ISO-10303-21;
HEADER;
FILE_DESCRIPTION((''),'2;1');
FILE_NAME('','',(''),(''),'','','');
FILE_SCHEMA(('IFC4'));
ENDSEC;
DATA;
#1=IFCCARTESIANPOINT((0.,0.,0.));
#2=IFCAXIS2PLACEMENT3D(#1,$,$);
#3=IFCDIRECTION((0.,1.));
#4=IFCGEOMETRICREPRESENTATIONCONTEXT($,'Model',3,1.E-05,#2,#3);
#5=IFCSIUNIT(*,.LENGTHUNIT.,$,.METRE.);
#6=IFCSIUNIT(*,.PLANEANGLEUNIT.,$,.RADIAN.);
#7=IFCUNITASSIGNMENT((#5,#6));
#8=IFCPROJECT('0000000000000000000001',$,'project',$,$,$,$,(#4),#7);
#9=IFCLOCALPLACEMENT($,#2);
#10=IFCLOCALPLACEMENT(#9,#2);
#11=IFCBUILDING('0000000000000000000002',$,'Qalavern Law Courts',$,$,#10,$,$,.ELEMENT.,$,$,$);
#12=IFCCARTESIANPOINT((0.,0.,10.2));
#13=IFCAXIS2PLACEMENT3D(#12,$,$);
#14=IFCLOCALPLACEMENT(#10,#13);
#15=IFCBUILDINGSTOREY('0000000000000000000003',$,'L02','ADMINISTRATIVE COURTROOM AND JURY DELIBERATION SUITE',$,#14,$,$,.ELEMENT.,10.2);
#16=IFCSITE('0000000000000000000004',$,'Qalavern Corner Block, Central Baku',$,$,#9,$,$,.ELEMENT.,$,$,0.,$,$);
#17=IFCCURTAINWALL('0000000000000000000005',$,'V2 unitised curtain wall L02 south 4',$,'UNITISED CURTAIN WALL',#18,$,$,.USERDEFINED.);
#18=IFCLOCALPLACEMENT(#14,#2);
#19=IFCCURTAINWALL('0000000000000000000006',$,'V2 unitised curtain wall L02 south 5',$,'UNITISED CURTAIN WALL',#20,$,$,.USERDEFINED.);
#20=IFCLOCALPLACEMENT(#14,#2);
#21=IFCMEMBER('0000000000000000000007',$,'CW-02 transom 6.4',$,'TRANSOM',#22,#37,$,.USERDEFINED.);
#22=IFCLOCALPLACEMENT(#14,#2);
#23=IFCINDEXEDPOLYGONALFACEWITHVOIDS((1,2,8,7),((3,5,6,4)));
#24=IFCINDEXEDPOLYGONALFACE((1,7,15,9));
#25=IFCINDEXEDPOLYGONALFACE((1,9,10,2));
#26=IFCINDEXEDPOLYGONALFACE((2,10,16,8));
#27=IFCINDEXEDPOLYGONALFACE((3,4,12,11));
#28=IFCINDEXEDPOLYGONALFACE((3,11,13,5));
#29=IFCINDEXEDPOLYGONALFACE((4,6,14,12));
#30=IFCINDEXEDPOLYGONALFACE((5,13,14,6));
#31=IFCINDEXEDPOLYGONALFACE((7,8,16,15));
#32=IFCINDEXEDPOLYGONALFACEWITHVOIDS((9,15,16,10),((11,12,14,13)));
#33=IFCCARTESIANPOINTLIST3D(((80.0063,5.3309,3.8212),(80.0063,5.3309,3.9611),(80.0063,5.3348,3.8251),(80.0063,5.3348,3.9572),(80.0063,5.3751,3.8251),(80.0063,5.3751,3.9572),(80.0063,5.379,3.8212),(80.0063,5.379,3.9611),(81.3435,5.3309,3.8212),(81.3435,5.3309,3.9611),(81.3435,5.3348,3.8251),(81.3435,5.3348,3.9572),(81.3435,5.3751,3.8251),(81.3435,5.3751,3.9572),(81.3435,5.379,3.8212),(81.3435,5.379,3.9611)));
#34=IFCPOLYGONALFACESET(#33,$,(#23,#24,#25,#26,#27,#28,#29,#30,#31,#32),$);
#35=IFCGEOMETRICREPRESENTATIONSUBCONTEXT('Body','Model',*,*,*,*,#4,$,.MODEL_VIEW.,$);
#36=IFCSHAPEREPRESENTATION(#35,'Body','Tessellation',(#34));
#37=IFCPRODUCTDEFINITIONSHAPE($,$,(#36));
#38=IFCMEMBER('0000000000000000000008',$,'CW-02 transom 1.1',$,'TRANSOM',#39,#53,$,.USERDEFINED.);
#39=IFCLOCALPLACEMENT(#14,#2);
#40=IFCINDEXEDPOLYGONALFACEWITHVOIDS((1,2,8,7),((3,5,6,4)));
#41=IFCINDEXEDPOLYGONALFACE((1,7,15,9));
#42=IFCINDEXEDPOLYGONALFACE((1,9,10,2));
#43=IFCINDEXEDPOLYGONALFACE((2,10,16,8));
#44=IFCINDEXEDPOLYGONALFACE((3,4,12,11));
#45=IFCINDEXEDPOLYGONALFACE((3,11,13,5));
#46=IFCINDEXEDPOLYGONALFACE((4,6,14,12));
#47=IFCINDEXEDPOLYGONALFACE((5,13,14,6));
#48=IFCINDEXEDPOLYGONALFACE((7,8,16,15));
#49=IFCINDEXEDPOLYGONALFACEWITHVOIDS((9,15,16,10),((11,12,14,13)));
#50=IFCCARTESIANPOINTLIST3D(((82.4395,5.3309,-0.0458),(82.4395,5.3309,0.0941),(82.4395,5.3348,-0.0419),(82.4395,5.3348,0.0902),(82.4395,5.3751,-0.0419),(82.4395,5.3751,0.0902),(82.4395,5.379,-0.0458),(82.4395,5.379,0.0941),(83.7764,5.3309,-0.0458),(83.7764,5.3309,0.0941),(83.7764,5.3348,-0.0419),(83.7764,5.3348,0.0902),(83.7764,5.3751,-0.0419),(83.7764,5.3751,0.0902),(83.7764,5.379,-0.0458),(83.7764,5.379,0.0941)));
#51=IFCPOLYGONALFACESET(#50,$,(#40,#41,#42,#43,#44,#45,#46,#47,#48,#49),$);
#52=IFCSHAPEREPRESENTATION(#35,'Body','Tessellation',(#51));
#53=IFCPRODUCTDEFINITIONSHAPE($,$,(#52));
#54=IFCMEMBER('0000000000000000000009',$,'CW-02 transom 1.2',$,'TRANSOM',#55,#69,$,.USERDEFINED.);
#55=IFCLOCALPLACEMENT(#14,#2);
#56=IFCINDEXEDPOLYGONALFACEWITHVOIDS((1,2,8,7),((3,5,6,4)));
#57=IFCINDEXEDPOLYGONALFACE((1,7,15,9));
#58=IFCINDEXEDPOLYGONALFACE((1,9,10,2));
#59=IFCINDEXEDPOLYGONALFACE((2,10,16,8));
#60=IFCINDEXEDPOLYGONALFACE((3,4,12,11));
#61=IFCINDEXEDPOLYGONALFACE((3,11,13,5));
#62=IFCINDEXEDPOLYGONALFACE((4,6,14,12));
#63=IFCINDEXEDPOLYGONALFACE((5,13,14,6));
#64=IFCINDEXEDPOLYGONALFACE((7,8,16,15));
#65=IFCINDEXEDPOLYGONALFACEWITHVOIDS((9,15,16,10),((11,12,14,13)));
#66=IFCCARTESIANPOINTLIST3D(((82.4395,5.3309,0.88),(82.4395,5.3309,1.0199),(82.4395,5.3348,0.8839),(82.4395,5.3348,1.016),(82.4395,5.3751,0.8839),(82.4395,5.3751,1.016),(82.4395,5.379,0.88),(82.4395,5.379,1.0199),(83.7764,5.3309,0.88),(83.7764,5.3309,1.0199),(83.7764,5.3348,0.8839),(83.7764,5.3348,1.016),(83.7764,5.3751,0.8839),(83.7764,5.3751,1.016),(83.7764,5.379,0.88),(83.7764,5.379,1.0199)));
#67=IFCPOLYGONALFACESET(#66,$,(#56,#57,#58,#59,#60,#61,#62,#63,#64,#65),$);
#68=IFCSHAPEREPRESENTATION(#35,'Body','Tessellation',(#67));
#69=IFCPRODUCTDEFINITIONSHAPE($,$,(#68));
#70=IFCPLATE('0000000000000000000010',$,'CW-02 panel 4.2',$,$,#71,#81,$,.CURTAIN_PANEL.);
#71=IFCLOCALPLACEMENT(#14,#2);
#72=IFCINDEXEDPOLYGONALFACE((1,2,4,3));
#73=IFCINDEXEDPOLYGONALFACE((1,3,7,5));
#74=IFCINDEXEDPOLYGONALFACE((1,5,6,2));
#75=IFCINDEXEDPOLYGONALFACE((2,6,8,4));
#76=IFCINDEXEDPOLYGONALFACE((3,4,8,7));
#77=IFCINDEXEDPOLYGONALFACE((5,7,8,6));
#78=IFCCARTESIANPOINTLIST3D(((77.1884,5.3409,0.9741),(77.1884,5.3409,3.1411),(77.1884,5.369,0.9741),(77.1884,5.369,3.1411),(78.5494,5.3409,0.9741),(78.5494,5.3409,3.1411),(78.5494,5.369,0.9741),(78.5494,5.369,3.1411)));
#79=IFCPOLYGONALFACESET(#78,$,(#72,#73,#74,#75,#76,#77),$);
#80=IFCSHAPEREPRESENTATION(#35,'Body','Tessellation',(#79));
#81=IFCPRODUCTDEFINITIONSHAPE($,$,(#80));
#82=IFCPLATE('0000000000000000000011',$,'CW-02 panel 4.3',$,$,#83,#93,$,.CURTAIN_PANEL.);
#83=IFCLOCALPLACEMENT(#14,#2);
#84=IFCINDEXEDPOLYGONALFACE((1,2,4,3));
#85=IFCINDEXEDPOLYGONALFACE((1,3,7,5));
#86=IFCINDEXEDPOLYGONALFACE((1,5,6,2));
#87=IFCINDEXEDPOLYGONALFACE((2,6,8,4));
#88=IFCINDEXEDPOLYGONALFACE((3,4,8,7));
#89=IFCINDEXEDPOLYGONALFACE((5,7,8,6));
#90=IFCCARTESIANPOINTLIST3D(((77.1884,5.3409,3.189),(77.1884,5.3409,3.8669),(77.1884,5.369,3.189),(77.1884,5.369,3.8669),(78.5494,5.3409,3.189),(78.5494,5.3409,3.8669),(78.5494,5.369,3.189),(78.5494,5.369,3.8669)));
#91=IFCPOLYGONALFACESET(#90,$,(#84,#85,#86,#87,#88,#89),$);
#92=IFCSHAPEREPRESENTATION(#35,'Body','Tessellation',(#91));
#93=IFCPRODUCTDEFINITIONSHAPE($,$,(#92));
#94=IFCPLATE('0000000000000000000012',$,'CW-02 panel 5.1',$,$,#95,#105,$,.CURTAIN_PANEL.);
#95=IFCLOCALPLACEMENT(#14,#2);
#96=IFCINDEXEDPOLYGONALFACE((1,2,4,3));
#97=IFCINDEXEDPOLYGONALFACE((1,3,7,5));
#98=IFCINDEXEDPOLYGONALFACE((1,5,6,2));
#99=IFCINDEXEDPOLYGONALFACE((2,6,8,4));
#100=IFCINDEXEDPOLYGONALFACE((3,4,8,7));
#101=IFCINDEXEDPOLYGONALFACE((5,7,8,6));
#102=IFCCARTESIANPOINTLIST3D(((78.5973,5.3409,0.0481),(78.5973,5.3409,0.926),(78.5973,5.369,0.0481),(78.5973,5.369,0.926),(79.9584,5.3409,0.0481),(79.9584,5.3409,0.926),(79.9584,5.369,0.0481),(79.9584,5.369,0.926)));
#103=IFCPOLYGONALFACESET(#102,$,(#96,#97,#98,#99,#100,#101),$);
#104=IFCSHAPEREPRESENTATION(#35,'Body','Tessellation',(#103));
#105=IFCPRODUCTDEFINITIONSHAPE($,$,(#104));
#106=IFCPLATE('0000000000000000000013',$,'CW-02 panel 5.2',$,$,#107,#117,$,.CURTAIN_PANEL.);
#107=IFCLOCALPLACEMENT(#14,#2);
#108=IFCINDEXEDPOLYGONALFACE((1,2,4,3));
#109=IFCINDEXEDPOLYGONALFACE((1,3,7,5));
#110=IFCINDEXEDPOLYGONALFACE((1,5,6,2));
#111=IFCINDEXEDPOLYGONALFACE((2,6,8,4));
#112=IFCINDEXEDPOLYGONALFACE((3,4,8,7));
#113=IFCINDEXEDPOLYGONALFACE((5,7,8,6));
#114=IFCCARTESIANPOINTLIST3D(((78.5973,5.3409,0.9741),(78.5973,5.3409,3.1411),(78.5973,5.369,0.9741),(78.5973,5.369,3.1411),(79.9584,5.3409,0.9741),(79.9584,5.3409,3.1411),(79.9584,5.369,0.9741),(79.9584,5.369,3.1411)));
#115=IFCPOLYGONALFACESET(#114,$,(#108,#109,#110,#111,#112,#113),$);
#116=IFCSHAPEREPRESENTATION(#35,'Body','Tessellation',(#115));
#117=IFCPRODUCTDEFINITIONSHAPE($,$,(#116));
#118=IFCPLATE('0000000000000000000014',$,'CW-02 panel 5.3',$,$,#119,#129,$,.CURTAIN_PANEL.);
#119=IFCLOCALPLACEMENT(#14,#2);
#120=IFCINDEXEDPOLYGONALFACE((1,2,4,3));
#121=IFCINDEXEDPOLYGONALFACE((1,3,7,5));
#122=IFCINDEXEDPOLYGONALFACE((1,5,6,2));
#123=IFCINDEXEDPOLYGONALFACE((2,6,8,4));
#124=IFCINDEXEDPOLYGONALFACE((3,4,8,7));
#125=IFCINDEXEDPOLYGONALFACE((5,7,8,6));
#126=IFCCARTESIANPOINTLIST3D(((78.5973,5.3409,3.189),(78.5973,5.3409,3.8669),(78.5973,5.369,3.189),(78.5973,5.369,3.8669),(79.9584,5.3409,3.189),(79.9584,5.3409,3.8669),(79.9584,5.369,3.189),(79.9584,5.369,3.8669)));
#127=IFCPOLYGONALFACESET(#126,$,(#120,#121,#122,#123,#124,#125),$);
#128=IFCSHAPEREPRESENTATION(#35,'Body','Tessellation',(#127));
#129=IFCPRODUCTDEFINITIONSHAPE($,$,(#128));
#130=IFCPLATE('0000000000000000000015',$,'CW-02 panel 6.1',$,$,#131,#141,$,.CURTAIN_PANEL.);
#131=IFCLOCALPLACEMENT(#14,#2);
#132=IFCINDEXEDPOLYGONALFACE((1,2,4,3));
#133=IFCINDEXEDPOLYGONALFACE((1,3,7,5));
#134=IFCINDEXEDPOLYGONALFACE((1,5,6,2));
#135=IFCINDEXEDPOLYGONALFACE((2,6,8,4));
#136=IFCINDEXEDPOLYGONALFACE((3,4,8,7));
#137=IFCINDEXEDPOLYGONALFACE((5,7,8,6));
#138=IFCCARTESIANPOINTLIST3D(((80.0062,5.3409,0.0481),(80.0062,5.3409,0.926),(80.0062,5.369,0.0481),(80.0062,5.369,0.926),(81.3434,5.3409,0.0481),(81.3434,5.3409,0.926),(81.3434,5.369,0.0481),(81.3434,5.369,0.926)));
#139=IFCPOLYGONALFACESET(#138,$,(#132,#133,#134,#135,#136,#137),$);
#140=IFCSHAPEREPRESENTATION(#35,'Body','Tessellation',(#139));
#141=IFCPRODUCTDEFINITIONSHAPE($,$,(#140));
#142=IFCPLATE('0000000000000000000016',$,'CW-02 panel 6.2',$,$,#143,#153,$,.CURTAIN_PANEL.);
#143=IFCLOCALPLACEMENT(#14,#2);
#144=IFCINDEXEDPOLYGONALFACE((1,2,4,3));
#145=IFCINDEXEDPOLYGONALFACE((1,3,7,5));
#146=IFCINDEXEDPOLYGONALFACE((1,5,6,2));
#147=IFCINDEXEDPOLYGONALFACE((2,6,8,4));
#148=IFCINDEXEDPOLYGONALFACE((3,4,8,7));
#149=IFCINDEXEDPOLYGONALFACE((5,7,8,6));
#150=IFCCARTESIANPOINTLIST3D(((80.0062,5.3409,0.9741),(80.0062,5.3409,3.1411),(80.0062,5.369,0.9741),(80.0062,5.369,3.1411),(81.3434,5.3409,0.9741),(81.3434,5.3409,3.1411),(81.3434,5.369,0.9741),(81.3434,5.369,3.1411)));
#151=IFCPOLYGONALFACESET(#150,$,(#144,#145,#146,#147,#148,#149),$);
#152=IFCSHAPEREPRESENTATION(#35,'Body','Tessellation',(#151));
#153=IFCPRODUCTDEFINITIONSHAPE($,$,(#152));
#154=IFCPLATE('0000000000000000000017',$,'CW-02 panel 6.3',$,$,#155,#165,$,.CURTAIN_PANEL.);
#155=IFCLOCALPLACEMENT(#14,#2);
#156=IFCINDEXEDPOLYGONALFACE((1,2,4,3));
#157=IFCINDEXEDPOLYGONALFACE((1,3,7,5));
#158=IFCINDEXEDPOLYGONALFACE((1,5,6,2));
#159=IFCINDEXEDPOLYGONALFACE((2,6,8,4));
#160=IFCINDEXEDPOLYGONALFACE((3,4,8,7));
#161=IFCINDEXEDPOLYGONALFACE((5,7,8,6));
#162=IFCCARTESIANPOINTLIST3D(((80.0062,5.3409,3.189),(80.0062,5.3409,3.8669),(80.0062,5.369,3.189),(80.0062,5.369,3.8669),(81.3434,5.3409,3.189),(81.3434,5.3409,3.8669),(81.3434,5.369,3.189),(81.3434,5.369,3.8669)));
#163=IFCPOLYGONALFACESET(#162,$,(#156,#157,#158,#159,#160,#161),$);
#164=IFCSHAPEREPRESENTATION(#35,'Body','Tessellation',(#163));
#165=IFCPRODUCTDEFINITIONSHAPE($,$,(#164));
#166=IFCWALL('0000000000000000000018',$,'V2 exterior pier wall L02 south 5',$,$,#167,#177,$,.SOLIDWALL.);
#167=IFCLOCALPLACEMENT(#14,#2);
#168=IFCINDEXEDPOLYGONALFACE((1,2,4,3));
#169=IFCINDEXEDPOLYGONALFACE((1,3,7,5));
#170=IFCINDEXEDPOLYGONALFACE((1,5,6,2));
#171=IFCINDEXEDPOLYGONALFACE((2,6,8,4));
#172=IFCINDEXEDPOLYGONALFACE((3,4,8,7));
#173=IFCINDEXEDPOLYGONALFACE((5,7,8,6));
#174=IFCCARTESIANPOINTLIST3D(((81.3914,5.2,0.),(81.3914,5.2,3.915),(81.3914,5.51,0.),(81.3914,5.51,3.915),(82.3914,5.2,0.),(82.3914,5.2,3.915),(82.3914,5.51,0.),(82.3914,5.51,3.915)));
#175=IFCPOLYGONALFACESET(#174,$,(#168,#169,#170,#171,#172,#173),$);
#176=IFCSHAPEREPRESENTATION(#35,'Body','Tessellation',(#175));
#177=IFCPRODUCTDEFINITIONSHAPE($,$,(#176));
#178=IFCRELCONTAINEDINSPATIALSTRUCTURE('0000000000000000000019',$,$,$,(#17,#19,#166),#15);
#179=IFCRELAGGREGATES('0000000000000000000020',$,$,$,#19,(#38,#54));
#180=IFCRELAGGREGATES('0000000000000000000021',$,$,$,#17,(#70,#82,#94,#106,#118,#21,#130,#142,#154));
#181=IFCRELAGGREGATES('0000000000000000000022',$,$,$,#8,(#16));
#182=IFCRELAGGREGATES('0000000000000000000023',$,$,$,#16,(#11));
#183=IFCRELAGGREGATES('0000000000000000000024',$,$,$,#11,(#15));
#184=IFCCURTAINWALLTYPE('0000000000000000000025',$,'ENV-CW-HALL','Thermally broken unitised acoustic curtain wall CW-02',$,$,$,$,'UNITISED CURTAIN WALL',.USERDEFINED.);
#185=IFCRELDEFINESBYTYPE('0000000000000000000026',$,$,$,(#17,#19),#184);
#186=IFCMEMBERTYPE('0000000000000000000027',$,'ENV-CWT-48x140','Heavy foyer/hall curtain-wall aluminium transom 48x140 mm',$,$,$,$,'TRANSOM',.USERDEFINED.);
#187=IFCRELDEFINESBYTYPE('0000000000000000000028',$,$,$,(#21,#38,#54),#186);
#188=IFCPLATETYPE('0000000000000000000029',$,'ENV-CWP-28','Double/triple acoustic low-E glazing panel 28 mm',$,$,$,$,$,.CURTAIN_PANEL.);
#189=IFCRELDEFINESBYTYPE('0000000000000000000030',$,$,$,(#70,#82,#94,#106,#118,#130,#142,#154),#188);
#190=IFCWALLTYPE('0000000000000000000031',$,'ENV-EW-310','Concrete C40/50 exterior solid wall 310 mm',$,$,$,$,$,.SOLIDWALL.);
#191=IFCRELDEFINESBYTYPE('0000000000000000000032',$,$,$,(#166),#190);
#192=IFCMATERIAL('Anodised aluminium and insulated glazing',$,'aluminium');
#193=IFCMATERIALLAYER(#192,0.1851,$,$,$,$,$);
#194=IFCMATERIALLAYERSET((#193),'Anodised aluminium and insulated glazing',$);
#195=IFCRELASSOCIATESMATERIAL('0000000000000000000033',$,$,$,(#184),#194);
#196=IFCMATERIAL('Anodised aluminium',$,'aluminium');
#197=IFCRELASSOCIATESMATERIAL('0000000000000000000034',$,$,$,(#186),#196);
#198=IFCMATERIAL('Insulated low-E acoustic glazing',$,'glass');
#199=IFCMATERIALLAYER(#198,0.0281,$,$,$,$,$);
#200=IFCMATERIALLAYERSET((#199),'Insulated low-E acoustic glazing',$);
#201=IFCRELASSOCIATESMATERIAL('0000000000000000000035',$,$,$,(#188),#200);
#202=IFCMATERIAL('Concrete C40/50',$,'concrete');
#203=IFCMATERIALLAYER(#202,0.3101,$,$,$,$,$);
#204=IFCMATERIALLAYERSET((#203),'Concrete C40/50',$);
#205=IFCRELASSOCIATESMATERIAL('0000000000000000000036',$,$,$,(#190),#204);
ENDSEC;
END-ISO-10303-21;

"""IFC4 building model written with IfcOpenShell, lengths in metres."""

from ifc_helpers import new_model, si_unit, direction, frame, frame_2d, origin, origin_2d, place, context, subcontext, project, spatial, rectangle, hollow_rectangle, extrude, material, layer, layer_set, material_profile, profile_set, type_object, element, aggregate, save


model = new_model("IFC4")

# Units and contexts
model_context = context("Model", 3, precision=1e-05, world=origin(), true_north=direction((0.0, 1.0)))
body_context = subcontext(model_context, "Body", "Model", "MODEL_VIEW")
ifc_project = project(units=[si_unit("LENGTHUNIT", "METRE"), si_unit("PLANEANGLEUNIT", "RADIAN")], contexts=[model_context])

# Site, building, storey
site_placement = place(None, origin())
site = spatial("IfcSite", under=ifc_project, at=site_placement, Name="Qalavern Corner Block, Central Baku", CompositionType="ELEMENT", RefElevation=0.0)
building_placement = place(site_placement, origin())
building = spatial("IfcBuilding", under=site, at=building_placement, Name="Qalavern Law Courts", CompositionType="ELEMENT")
storey_placement = place(building_placement, frame((0.0, 0.0, 10.2)))
storey = spatial("IfcBuildingStorey", under=building, at=storey_placement, Name="L02", Description="ADMINISTRATIVE COURTROOM AND JURY DELIBERATION SUITE", CompositionType="ELEMENT", Elevation=10.2)

# Curtain wall
ifc_material_1 = material(Name="Anodised aluminium and insulated glazing", Category="aluminium")
ifc_layer_1 = layer(ifc_material_1, 0.1851)
ifc_layer_set_1 = layer_set([ifc_layer_1], Name="Anodised aluminium and insulated glazing")
curtain_wall_type = type_object("IfcCurtainWallType", Name="ENV-CW-HALL", Description="Thermally broken unitised acoustic curtain wall CW-02", ElementType="UNITISED CURTAIN WALL", PredefinedType="USERDEFINED", material=ifc_layer_set_1)
curtain_wall_1_placement = place(storey_placement, origin())
curtain_wall_1 = element("IfcCurtainWall", 1, at=curtain_wall_1_placement, inside=storey, type_object=curtain_wall_type, Name="V2 unitised curtain wall L02 south 4", ObjectType="UNITISED CURTAIN WALL", PredefinedType="USERDEFINED")
ifc_material_2 = material(Name="Anodised aluminium", Category="aluminium")

# Curtain wall
curtain_wall_2_placement = place(storey_placement, origin())
curtain_wall_2 = element("IfcCurtainWall", 2, at=curtain_wall_2_placement, inside=storey, type_object=curtain_wall_type, Name="V2 unitised curtain wall L02 south 5", ObjectType="UNITISED CURTAIN WALL", PredefinedType="USERDEFINED")

# Members
ifc_material_profile_1 = material_profile(ifc_material_2, hollow_rectangle(XDim=0.0481, YDim=0.1399, WallThickness=0.0039, at=origin_2d()), Name="ALU TRANSOM 48x140")
ifc_profile_set_1 = profile_set([ifc_material_profile_1], Name="Anodised aluminium")
member_type_1 = type_object("IfcMemberType", Name="ENV-CWT-48x140", Description="Heavy foyer/hall curtain-wall aluminium transom 48x140 mm", ElementType="TRANSOM", PredefinedType="USERDEFINED", material=ifc_profile_set_1)
member_1_placement = place(storey_placement, frame((80.0063, 5.355, 3.8911), z_axis=(1.0, 0.0, 0.0), x_axis=(0.0, 1.0, 0.0)))
member_1 = element("IfcMember", 3, at=member_1_placement, type_object=member_type_1, Name="CW-02 transom 6.4", ObjectType="TRANSOM", PredefinedType="USERDEFINED", context=body_context, shape_type="SweptSolid", body=[
    extrude(hollow_rectangle(XDim=0.0481, YDim=0.1399, WallThickness=0.0039, at=origin_2d()), origin(), (0.0, 0.0, 1.0), 1.3372),
])
member_2_placement = place(storey_placement, frame((82.4395, 5.355, 0.0242), z_axis=(1.0, 0.0, 0.0), x_axis=(0.0, 1.0, 0.0)))
member_2 = element("IfcMember", 4, at=member_2_placement, type_object=member_type_1, Name="CW-02 transom 1.1", ObjectType="TRANSOM", PredefinedType="USERDEFINED", context=body_context, shape_type="SweptSolid", body=[
    extrude(hollow_rectangle(XDim=0.0481, YDim=0.1399, WallThickness=0.0039, at=origin_2d()), origin(), (0.0, 0.0, 1.0), 1.3369),
])
member_3_placement = place(storey_placement, frame((82.4395, 5.355, 0.95), z_axis=(1.0, 0.0, 0.0), x_axis=(0.0, 1.0, 0.0)))
member_3 = element("IfcMember", 5, at=member_3_placement, type_object=member_type_1, Name="CW-02 transom 1.2", ObjectType="TRANSOM", PredefinedType="USERDEFINED", context=body_context, shape_type="SweptSolid", body=[
    extrude(hollow_rectangle(XDim=0.0481, YDim=0.1399, WallThickness=0.0039, at=origin_2d()), origin(), (0.0, 0.0, 1.0), 1.3369),
])
aggregate(curtain_wall_2, [member_2, member_3])

# Plates
ifc_material_3 = material(Name="Insulated low-E acoustic glazing", Category="glass")
ifc_layer_2 = layer(ifc_material_3, 0.0281)
ifc_layer_set_2 = layer_set([ifc_layer_2], Name="Insulated low-E acoustic glazing")
plate_type = type_object("IfcPlateType", Name="ENV-CWP-28", Description="Double/triple acoustic low-E glazing panel 28 mm", PredefinedType="CURTAIN_PANEL", material=ifc_layer_set_2)
plate_1_placement = place(storey_placement, frame((77.8689, 5.355, 0.9741), z_axis=(0.0, 0.0, 1.0), x_axis=(1.0, 0.0, 0.0)))
plate_1 = element("IfcPlate", 6, at=plate_1_placement, type_object=plate_type, Name="CW-02 panel 4.2", PredefinedType="CURTAIN_PANEL", context=body_context, shape_type="SweptSolid", body=[
    extrude(rectangle(XDim=1.3611, YDim=0.0281, at=origin_2d()), origin(), (0.0, 0.0, 1.0), 2.167),
])
plate_2_placement = place(storey_placement, frame((77.8689, 5.355, 3.189), z_axis=(0.0, 0.0, 1.0), x_axis=(1.0, 0.0, 0.0)))
plate_2 = element("IfcPlate", 7, at=plate_2_placement, type_object=plate_type, Name="CW-02 panel 4.3", PredefinedType="CURTAIN_PANEL", context=body_context, shape_type="SweptSolid", body=[
    extrude(rectangle(XDim=1.3611, YDim=0.0281, at=origin_2d()), origin(), (0.0, 0.0, 1.0), 0.678),
])
plate_3_placement = place(storey_placement, frame((79.2778, 5.355, 0.0481), z_axis=(0.0, 0.0, 1.0), x_axis=(1.0, 0.0, 0.0)))
plate_3 = element("IfcPlate", 8, at=plate_3_placement, type_object=plate_type, Name="CW-02 panel 5.1", PredefinedType="CURTAIN_PANEL", context=body_context, shape_type="SweptSolid", body=[
    extrude(rectangle(XDim=1.3611, YDim=0.0281, at=origin_2d()), origin(), (0.0, 0.0, 1.0), 0.8779),
])
plate_4_placement = place(storey_placement, frame((79.2778, 5.355, 0.9741), z_axis=(0.0, 0.0, 1.0), x_axis=(1.0, 0.0, 0.0)))
plate_4 = element("IfcPlate", 9, at=plate_4_placement, type_object=plate_type, Name="CW-02 panel 5.2", PredefinedType="CURTAIN_PANEL", context=body_context, shape_type="SweptSolid", body=[
    extrude(rectangle(XDim=1.3611, YDim=0.0281, at=origin_2d()), origin(), (0.0, 0.0, 1.0), 2.167),
])
plate_5_placement = place(storey_placement, frame((79.2778, 5.355, 3.189), z_axis=(0.0, 0.0, 1.0), x_axis=(1.0, 0.0, 0.0)))
plate_5 = element("IfcPlate", 10, at=plate_5_placement, type_object=plate_type, Name="CW-02 panel 5.3", PredefinedType="CURTAIN_PANEL", context=body_context, shape_type="SweptSolid", body=[
    extrude(rectangle(XDim=1.3611, YDim=0.0281, at=origin_2d()), origin(), (0.0, 0.0, 1.0), 0.678),
])
plate_6_placement = place(storey_placement, frame((80.6748, 5.355, 0.0481), z_axis=(0.0, 0.0, 1.0), x_axis=(1.0, 0.0, 0.0)))
plate_6 = element("IfcPlate", 11, at=plate_6_placement, type_object=plate_type, Name="CW-02 panel 6.1", PredefinedType="CURTAIN_PANEL", context=body_context, shape_type="SweptSolid", body=[
    extrude(rectangle(XDim=1.3372, YDim=0.0281, at=origin_2d()), origin(), (0.0, 0.0, 1.0), 0.8779),
])
plate_7_placement = place(storey_placement, frame((80.6748, 5.355, 0.9741), z_axis=(0.0, 0.0, 1.0), x_axis=(1.0, 0.0, 0.0)))
plate_7 = element("IfcPlate", 12, at=plate_7_placement, type_object=plate_type, Name="CW-02 panel 6.2", PredefinedType="CURTAIN_PANEL", context=body_context, shape_type="SweptSolid", body=[
    extrude(rectangle(XDim=1.3372, YDim=0.0281, at=origin_2d()), origin(), (0.0, 0.0, 1.0), 2.167),
])
plate_8_placement = place(storey_placement, frame((80.6748, 5.355, 3.189), z_axis=(0.0, 0.0, 1.0), x_axis=(1.0, 0.0, 0.0)))
plate_8 = element("IfcPlate", 13, at=plate_8_placement, type_object=plate_type, Name="CW-02 panel 6.3", PredefinedType="CURTAIN_PANEL", context=body_context, shape_type="SweptSolid", body=[
    extrude(rectangle(XDim=1.3372, YDim=0.0281, at=origin_2d()), origin(), (0.0, 0.0, 1.0), 0.678),
])
aggregate(curtain_wall_1, [plate_1, plate_2, plate_3, plate_4, plate_5, member_1, plate_6, plate_7, plate_8])

# Wall
ifc_material_4 = material(Name="Concrete C40/50", Category="concrete")
ifc_layer_3 = layer(ifc_material_4, 0.3101)
ifc_layer_set_3 = layer_set([ifc_layer_3], Name="Concrete C40/50")
wall_type = type_object("IfcWallType", Name="ENV-EW-310", Description="Concrete C40/50 exterior solid wall 310 mm", PredefinedType="SOLIDWALL", material=ifc_layer_set_3)
wall_placement = place(storey_placement, frame((81.3914, 5.355, 0.0), z_axis=(0.0, 0.0, 1.0), x_axis=(1.0, 0.0, 0.0)))
element("IfcWall", 14, at=wall_placement, inside=storey, type_object=wall_type, Name="V2 exterior pier wall L02 south 5", PredefinedType="SOLIDWALL", context=body_context, shape_type="SweptSolid", body=[
    extrude(rectangle(XDim=1.0, YDim=0.3101, at=frame_2d((0.5, 0.0))), origin(), (0.0, 0.0, 1.0), 3.915),
])

save(model, "model.ifc")
